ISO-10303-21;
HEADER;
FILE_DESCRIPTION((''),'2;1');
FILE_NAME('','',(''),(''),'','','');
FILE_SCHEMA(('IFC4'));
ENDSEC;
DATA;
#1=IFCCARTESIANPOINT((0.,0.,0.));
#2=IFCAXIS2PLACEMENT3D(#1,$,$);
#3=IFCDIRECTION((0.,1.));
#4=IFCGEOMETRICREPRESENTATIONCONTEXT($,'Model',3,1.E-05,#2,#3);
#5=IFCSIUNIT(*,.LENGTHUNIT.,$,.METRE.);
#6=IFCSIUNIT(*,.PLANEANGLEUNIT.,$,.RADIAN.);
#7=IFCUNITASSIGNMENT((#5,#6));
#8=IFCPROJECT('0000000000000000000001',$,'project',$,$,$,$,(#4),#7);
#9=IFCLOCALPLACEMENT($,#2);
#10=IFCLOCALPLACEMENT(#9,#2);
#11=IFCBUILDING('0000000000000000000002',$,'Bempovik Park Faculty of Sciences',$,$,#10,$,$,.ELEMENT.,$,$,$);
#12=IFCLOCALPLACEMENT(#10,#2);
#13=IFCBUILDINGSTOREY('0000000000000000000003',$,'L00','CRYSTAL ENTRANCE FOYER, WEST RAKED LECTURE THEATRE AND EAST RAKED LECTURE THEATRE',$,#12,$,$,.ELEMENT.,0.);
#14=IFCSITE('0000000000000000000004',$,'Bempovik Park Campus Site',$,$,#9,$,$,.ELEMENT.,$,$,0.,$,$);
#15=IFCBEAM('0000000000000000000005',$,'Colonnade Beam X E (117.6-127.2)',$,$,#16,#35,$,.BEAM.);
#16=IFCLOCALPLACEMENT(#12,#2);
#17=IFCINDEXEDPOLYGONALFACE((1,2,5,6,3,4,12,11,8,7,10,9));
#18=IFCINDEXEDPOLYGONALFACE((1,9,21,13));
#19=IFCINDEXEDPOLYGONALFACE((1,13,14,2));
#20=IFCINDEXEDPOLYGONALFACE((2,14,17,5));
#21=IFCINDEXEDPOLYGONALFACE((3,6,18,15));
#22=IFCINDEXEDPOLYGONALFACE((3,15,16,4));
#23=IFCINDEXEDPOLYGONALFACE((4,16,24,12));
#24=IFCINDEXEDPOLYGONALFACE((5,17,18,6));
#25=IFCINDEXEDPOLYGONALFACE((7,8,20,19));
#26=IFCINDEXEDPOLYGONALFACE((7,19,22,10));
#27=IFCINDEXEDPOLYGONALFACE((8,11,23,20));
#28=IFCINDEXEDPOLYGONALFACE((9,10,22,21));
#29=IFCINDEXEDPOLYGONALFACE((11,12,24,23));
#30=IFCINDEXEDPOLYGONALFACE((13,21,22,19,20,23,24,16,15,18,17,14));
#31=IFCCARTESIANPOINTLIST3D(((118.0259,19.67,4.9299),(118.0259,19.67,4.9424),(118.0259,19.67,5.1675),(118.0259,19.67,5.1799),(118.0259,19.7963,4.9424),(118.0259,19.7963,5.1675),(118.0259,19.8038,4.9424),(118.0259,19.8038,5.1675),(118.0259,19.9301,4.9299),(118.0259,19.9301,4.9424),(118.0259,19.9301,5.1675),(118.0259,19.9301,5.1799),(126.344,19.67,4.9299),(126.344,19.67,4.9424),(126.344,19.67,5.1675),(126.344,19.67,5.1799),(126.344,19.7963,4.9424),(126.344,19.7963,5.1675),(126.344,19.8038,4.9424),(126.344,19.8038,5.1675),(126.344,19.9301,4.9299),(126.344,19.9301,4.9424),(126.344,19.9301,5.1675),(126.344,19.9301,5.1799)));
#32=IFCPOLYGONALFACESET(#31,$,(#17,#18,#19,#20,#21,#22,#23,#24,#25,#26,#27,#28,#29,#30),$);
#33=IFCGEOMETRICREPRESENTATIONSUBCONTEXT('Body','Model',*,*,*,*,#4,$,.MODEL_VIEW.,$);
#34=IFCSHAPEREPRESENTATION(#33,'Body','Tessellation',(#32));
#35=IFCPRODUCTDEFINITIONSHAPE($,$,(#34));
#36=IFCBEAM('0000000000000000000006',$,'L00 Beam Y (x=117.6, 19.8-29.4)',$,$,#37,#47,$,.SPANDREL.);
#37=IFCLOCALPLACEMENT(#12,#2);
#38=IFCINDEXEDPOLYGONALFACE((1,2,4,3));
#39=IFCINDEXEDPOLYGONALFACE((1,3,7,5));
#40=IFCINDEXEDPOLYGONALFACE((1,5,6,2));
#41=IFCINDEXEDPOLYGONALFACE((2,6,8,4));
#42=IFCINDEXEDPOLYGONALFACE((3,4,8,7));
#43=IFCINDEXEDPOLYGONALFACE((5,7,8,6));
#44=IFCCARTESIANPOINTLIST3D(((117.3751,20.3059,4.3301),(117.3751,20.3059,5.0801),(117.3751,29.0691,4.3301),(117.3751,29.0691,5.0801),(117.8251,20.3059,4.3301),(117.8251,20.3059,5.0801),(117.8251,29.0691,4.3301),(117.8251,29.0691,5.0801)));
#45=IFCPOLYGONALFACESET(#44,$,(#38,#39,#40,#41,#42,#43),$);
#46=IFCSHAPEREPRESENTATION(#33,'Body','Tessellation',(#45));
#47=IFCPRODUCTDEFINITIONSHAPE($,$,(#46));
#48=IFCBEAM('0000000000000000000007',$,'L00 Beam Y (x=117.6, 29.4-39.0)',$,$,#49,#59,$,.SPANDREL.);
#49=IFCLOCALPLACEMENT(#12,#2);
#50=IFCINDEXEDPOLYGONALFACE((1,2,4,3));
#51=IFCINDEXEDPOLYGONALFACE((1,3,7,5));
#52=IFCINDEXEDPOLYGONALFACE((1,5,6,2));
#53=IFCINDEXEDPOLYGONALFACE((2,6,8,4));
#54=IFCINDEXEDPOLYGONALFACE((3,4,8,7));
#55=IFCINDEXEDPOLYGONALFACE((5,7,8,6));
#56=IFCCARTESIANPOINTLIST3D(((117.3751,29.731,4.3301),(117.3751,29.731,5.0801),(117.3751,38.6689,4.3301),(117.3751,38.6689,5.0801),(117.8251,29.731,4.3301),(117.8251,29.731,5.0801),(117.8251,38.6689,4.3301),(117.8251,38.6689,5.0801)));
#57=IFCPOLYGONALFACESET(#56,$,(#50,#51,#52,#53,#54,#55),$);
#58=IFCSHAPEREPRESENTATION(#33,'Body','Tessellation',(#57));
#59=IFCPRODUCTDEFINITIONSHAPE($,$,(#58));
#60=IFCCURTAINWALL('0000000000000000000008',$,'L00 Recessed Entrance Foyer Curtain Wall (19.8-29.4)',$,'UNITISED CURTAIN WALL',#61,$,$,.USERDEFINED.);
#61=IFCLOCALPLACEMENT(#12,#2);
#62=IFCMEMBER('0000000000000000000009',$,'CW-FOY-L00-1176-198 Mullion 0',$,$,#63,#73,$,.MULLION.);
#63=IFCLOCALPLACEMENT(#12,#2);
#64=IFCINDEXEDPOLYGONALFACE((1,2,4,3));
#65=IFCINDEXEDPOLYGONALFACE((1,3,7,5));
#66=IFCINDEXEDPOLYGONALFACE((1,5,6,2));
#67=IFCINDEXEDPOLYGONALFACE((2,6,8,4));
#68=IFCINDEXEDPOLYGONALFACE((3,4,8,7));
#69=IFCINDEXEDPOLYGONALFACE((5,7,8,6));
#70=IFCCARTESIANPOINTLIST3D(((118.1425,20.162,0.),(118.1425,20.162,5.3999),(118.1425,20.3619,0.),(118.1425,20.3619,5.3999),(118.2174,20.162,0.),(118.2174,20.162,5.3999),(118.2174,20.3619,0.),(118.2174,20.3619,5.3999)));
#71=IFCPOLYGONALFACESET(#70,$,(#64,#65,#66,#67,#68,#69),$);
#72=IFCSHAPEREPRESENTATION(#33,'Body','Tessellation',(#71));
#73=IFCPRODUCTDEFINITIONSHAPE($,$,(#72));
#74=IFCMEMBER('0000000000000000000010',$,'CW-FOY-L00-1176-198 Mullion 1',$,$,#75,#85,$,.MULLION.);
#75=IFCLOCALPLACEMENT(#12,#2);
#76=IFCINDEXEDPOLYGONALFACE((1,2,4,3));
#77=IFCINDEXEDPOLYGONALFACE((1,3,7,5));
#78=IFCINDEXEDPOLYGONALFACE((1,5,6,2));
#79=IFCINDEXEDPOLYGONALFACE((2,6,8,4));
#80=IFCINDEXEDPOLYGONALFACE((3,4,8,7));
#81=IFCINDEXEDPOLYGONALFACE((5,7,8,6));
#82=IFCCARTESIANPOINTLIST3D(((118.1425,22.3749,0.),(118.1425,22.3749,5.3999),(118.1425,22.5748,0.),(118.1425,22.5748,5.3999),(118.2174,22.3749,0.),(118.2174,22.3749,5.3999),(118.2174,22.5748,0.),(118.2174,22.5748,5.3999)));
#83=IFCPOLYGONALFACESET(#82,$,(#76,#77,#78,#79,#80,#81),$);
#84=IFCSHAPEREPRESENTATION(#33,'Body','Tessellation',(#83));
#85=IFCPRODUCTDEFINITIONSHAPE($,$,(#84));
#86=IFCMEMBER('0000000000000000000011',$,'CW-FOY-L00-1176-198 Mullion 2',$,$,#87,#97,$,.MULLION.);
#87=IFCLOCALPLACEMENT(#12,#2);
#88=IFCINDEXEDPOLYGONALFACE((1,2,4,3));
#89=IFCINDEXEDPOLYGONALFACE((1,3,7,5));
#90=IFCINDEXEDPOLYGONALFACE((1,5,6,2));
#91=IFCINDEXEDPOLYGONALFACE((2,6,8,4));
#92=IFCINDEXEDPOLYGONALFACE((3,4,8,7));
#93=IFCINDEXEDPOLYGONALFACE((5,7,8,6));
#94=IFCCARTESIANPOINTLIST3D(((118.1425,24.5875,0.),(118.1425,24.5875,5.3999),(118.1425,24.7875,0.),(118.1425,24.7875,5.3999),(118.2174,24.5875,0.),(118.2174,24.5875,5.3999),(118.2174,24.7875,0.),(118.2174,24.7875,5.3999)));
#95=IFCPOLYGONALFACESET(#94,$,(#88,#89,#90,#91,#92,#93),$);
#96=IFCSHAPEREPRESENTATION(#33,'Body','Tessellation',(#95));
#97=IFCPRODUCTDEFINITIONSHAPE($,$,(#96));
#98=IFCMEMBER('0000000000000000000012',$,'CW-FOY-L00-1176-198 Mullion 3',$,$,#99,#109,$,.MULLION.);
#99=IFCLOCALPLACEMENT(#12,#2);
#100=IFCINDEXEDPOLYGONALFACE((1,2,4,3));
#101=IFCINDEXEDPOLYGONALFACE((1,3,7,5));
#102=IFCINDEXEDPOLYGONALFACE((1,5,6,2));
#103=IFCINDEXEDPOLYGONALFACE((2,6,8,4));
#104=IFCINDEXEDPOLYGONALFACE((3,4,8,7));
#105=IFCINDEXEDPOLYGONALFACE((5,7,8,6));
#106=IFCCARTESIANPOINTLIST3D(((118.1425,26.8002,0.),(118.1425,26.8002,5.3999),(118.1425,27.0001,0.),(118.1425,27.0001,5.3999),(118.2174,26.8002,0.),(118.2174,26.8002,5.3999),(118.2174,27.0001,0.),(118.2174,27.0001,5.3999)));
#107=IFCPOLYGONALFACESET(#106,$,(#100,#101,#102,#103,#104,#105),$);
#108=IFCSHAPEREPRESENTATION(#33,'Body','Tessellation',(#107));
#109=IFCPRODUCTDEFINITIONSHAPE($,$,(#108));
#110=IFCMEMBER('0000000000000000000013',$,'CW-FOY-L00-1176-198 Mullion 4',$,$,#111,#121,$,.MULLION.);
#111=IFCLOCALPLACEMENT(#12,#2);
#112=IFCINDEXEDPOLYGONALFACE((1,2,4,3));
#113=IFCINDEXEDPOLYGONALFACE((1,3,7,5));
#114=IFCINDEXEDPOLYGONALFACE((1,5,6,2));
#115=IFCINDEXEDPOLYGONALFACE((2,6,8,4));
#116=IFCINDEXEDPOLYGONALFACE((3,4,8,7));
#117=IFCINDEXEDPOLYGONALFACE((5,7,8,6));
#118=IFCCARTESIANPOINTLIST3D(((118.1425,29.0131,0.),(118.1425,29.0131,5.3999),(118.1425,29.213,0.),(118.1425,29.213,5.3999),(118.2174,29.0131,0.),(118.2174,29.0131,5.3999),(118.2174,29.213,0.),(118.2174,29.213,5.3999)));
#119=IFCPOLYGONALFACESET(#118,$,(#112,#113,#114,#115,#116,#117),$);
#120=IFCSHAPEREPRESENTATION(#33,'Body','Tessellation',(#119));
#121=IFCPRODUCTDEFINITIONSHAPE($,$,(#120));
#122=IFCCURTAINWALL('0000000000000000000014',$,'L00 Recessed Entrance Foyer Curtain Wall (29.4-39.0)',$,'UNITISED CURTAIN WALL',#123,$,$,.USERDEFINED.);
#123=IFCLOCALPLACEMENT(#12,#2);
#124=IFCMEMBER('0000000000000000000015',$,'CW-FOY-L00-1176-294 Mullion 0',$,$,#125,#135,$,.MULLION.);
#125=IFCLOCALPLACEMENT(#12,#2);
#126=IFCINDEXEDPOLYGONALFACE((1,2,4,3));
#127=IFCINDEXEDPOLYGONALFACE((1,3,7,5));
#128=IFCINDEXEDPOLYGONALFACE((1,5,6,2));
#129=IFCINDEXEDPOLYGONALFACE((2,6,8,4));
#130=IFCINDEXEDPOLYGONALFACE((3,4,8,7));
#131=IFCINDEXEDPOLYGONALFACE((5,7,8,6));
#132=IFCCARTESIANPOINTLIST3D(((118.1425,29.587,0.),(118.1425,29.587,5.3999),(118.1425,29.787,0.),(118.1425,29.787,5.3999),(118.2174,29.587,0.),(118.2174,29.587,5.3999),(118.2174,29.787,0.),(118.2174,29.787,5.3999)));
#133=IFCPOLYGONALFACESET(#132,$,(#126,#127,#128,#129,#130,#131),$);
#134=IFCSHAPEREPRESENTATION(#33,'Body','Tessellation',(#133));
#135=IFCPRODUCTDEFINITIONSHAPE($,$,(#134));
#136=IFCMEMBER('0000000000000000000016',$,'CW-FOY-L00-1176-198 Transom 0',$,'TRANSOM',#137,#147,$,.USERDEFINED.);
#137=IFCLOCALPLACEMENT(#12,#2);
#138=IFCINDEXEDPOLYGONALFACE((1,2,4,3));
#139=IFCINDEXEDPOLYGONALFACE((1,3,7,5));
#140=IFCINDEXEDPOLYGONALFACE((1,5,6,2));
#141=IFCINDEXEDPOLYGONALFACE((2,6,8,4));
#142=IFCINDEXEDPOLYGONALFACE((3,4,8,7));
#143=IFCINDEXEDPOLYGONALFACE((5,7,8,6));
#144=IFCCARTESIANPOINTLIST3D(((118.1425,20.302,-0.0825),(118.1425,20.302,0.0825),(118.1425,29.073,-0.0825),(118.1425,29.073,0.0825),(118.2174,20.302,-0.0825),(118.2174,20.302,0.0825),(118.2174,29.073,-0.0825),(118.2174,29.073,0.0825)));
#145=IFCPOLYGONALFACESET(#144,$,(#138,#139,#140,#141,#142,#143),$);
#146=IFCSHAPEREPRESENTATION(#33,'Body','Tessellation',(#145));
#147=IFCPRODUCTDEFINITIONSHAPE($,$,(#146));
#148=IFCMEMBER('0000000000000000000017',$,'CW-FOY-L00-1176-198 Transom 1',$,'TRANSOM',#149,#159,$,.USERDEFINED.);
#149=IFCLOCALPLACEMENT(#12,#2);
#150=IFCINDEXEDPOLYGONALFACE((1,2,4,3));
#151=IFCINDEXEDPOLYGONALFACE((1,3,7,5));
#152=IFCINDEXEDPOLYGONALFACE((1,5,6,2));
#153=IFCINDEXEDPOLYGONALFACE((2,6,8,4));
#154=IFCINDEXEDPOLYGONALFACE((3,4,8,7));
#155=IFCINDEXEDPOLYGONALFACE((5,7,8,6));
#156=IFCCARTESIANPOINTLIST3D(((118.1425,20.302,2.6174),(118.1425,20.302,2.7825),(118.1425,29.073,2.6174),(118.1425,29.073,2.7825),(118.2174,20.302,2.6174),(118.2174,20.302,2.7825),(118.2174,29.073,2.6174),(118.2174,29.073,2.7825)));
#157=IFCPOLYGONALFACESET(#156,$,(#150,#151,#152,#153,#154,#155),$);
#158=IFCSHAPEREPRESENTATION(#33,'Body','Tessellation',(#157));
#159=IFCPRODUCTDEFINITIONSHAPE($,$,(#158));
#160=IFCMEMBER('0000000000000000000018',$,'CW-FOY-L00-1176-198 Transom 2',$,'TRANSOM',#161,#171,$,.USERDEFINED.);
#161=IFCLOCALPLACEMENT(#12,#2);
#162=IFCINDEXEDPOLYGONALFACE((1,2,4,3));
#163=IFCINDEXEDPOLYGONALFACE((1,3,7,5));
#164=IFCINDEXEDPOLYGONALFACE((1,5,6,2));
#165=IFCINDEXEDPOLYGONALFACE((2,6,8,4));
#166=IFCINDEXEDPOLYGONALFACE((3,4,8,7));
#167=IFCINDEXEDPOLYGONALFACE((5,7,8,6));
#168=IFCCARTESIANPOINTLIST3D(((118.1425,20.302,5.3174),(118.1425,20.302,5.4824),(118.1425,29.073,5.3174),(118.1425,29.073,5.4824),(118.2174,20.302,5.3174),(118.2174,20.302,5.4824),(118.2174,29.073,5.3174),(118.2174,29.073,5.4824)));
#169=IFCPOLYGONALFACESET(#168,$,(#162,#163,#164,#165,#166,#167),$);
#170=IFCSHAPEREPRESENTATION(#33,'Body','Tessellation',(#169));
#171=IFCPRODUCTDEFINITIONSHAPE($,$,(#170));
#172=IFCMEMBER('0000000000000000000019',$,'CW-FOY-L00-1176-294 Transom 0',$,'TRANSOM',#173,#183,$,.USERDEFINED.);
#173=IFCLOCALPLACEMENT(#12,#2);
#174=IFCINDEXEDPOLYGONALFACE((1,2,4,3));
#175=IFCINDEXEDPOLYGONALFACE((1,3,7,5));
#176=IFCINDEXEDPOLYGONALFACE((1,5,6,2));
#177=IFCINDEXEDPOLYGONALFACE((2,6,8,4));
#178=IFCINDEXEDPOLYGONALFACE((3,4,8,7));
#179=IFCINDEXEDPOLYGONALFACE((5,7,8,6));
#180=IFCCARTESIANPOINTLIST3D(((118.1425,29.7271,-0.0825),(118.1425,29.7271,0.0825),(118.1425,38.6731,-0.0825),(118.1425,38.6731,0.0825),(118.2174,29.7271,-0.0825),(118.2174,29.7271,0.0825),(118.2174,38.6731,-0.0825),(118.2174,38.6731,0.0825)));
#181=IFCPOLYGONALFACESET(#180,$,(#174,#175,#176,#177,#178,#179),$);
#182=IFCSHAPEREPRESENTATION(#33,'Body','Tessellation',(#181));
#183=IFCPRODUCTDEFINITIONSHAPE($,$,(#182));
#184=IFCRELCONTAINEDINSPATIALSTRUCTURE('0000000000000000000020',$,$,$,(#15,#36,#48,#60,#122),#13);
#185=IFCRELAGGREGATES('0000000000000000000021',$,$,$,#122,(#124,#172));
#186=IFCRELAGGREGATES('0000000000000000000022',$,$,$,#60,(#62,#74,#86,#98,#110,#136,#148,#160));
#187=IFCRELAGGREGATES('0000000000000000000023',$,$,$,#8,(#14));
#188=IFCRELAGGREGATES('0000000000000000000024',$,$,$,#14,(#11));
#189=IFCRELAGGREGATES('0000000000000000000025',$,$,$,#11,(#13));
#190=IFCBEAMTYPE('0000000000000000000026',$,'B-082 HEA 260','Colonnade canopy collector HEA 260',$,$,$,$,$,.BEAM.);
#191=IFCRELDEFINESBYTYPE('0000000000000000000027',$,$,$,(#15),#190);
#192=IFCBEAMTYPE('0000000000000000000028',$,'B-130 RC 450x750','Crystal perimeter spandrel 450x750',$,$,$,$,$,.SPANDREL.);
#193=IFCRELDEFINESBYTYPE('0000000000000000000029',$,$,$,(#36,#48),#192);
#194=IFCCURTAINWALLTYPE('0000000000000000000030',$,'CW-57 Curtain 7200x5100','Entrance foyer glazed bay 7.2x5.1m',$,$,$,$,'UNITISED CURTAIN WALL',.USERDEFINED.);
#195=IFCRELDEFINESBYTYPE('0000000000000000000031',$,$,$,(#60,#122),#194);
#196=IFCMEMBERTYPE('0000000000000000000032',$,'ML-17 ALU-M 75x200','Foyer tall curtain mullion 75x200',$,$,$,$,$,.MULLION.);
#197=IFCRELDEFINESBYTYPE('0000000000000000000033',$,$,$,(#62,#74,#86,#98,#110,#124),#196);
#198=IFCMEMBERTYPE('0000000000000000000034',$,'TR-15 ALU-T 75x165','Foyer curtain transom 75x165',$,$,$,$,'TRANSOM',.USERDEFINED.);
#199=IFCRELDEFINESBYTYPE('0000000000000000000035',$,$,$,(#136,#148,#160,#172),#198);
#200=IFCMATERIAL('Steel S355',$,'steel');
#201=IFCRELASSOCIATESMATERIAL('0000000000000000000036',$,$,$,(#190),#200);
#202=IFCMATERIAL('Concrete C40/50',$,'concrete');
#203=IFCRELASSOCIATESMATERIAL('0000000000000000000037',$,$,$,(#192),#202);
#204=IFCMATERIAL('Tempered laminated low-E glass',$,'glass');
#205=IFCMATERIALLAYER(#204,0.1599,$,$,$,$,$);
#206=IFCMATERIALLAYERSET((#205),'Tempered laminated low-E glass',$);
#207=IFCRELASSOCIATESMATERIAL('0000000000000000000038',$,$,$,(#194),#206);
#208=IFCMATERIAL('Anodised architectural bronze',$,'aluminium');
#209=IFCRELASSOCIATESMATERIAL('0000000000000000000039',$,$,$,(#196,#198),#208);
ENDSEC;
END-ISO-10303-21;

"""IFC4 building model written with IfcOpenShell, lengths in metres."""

from ifc_helpers import new_model, si_unit, direction, frame, origin, origin_2d, place, context, subcontext, project, spatial, rectangle, i_section, extrude, material, layer, layer_set, material_profile, profile_set, type_object, element, aggregate, save


model = new_model("IFC4")

# Units and contexts
model_context = context("Model", 3, precision=1e-05, world=origin(), true_north=direction((0.0, 1.0)))
body_context = subcontext(model_context, "Body", "Model", "MODEL_VIEW")
ifc_project = project(units=[si_unit("LENGTHUNIT", "METRE"), si_unit("PLANEANGLEUNIT", "RADIAN")], contexts=[model_context])

# Site, building, storey
site_placement = place(None, origin())
site = spatial("IfcSite", under=ifc_project, at=site_placement, Name="Bempovik Park Campus Site", CompositionType="ELEMENT", RefElevation=0.0)
building_placement = place(site_placement, origin())
building = spatial("IfcBuilding", under=site, at=building_placement, Name="Bempovik Park Faculty of Sciences", CompositionType="ELEMENT")
storey_placement = place(building_placement, origin())
storey = spatial("IfcBuildingStorey", under=building, at=storey_placement, Name="L00", Description="CRYSTAL ENTRANCE FOYER, WEST RAKED LECTURE THEATRE AND EAST RAKED LECTURE THEATRE", CompositionType="ELEMENT", Elevation=0.0)

# Shared definitions
ifc_material_1 = material(Name="Concrete C40/50", Category="concrete")

# Beams
ifc_material_2 = material(Name="Steel S355", Category="steel")
ifc_material_profile_1 = material_profile(ifc_material_2, i_section(OverallWidth=0.26, OverallDepth=0.25, WebThickness=0.0076, FlangeThickness=0.0125, at=origin_2d()), Name="HEA 260")
ifc_profile_set_1 = profile_set([ifc_material_profile_1], Name="Steel S355")
beam_type_1 = type_object("IfcBeamType", Name="B-082 HEA 260", Description="Colonnade canopy collector HEA 260", PredefinedType="BEAM", material=ifc_profile_set_1)
beam_1_placement = place(storey_placement, frame((118.0259, 19.8, 5.0549), z_axis=(1.0, 0.0, 0.0), x_axis=(0.0, 1.0, 0.0)))
element("IfcBeam", 1, at=beam_1_placement, inside=storey, type_object=beam_type_1, Name="Colonnade Beam X E (117.6-127.2)", PredefinedType="BEAM", context=body_context, shape_type="SweptSolid", body=[
    extrude(i_section(OverallWidth=0.26, OverallDepth=0.25, WebThickness=0.0076, FlangeThickness=0.0125, at=origin_2d()), origin(), (0.0, 0.0, 1.0), 8.3181),
])
ifc_material_profile_2 = material_profile(ifc_material_1, rectangle(XDim=0.45, YDim=0.75, at=origin_2d()), Name="RC 450x750")
ifc_profile_set_2 = profile_set([ifc_material_profile_2], Name="Concrete C40/50")
beam_type_2 = type_object("IfcBeamType", Name="B-130 RC 450x750", Description="Crystal perimeter spandrel 450x750", PredefinedType="SPANDREL", material=ifc_profile_set_2)
beam_2_placement = place(storey_placement, frame((117.6001, 20.3059, 4.7051), z_axis=(0.0, 1.0, 0.0), x_axis=(-1.0, 0.0, 0.0)))
element("IfcBeam", 2, at=beam_2_placement, inside=storey, type_object=beam_type_2, Name="L00 Beam Y (x=117.6, 19.8-29.4)", PredefinedType="SPANDREL", context=body_context, shape_type="SweptSolid", body=[
    extrude(rectangle(XDim=0.45, YDim=0.75, at=origin_2d()), origin(), (0.0, 0.0, 1.0), 8.7632),
])
beam_3_placement = place(storey_placement, frame((117.6001, 29.731, 4.7051), z_axis=(0.0, 1.0, 0.0), x_axis=(-1.0, 0.0, 0.0)))
element("IfcBeam", 3, at=beam_3_placement, inside=storey, type_object=beam_type_2, Name="L00 Beam Y (x=117.6, 29.4-39.0)", PredefinedType="SPANDREL", context=body_context, shape_type="SweptSolid", body=[
    extrude(rectangle(XDim=0.45, YDim=0.75, at=origin_2d()), origin(), (0.0, 0.0, 1.0), 8.938),
])

# Curtain wall, members
ifc_material_3 = material(Name="Tempered laminated low-E glass", Category="glass")
ifc_layer_1 = layer(ifc_material_3, 0.1599)
ifc_layer_set_1 = layer_set([ifc_layer_1], Name="Tempered laminated low-E glass")
curtain_wall_type = type_object("IfcCurtainWallType", Name="CW-57 Curtain 7200x5100", Description="Entrance foyer glazed bay 7.2x5.1m", ElementType="UNITISED CURTAIN WALL", PredefinedType="USERDEFINED", material=ifc_layer_set_1)
curtain_wall_1_placement = place(storey_placement, origin())
curtain_wall_1 = element("IfcCurtainWall", 4, at=curtain_wall_1_placement, inside=storey, type_object=curtain_wall_type, Name="L00 Recessed Entrance Foyer Curtain Wall (19.8-29.4)", ObjectType="UNITISED CURTAIN WALL", PredefinedType="USERDEFINED")
ifc_material_4 = material(Name="Anodised architectural bronze", Category="aluminium")
ifc_material_profile_3 = material_profile(ifc_material_4, rectangle(XDim=0.075, YDim=0.2, at=origin_2d()), Name="ALU-M 75x200")
ifc_profile_set_3 = profile_set([ifc_material_profile_3], Name="Anodised architectural bronze")
member_type_1 = type_object("IfcMemberType", Name="ML-17 ALU-M 75x200", Description="Foyer tall curtain mullion 75x200", PredefinedType="MULLION", material=ifc_profile_set_3)
member_1_placement = place(storey_placement, frame((118.1799, 20.262, 0.0), z_axis=(0.0, 0.0, 1.0), x_axis=(1.0, 0.0, 0.0)))
member_1 = element("IfcMember", 5, at=member_1_placement, type_object=member_type_1, Name="CW-FOY-L00-1176-198 Mullion 0", PredefinedType="MULLION", context=body_context, shape_type="SweptSolid", body=[
    extrude(rectangle(XDim=0.075, YDim=0.2, at=origin_2d()), origin(), (0.0, 0.0, 1.0), 5.3999),
])
member_2_placement = place(storey_placement, frame((118.1799, 22.4749, 0.0), z_axis=(0.0, 0.0, 1.0), x_axis=(1.0, 0.0, 0.0)))
member_2 = element("IfcMember", 6, at=member_2_placement, type_object=member_type_1, Name="CW-FOY-L00-1176-198 Mullion 1", PredefinedType="MULLION", context=body_context, shape_type="SweptSolid", body=[
    extrude(rectangle(XDim=0.075, YDim=0.2, at=origin_2d()), origin(), (0.0, 0.0, 1.0), 5.3999),
])
member_3_placement = place(storey_placement, frame((118.1799, 24.6875, 0.0), z_axis=(0.0, 0.0, 1.0), x_axis=(1.0, 0.0, 0.0)))
member_3 = element("IfcMember", 7, at=member_3_placement, type_object=member_type_1, Name="CW-FOY-L00-1176-198 Mullion 2", PredefinedType="MULLION", context=body_context, shape_type="SweptSolid", body=[
    extrude(rectangle(XDim=0.075, YDim=0.2, at=origin_2d()), origin(), (0.0, 0.0, 1.0), 5.3999),
])
member_4_placement = place(storey_placement, frame((118.1799, 26.9001, 0.0), z_axis=(0.0, 0.0, 1.0), x_axis=(1.0, 0.0, 0.0)))
member_4 = element("IfcMember", 8, at=member_4_placement, type_object=member_type_1, Name="CW-FOY-L00-1176-198 Mullion 3", PredefinedType="MULLION", context=body_context, shape_type="SweptSolid", body=[
    extrude(rectangle(XDim=0.075, YDim=0.2, at=origin_2d()), origin(), (0.0, 0.0, 1.0), 5.3999),
])
member_5_placement = place(storey_placement, frame((118.1799, 29.113, 0.0), z_axis=(0.0, 0.0, 1.0), x_axis=(1.0, 0.0, 0.0)))
member_5 = element("IfcMember", 9, at=member_5_placement, type_object=member_type_1, Name="CW-FOY-L00-1176-198 Mullion 4", PredefinedType="MULLION", context=body_context, shape_type="SweptSolid", body=[
    extrude(rectangle(XDim=0.075, YDim=0.2, at=origin_2d()), origin(), (0.0, 0.0, 1.0), 5.3999),
])

# Curtain wall, member
curtain_wall_2_placement = place(storey_placement, origin())
curtain_wall_2 = element("IfcCurtainWall", 10, at=curtain_wall_2_placement, inside=storey, type_object=curtain_wall_type, Name="L00 Recessed Entrance Foyer Curtain Wall (29.4-39.0)", ObjectType="UNITISED CURTAIN WALL", PredefinedType="USERDEFINED")
member_6_placement = place(storey_placement, frame((118.1799, 29.687, 0.0), z_axis=(0.0, 0.0, 1.0), x_axis=(1.0, 0.0, 0.0)))
member_6 = element("IfcMember", 11, at=member_6_placement, type_object=member_type_1, Name="CW-FOY-L00-1176-294 Mullion 0", PredefinedType="MULLION", context=body_context, shape_type="SweptSolid", body=[
    extrude(rectangle(XDim=0.075, YDim=0.2, at=origin_2d()), origin(), (0.0, 0.0, 1.0), 5.3999),
])

# Members
ifc_material_profile_4 = material_profile(ifc_material_4, rectangle(XDim=0.075, YDim=0.165, at=origin_2d()), Name="ALU-T 75x165")
ifc_profile_set_4 = profile_set([ifc_material_profile_4], Name="Anodised architectural bronze")
member_type_2 = type_object("IfcMemberType", Name="TR-15 ALU-T 75x165", Description="Foyer curtain transom 75x165", ElementType="TRANSOM", PredefinedType="USERDEFINED", material=ifc_profile_set_4)
member_7_placement = place(storey_placement, frame((118.1799, 20.302, 0.0), z_axis=(0.0, 1.0, 0.0), x_axis=(-1.0, 0.0, 0.0)))
member_7 = element("IfcMember", 12, at=member_7_placement, type_object=member_type_2, Name="CW-FOY-L00-1176-198 Transom 0", ObjectType="TRANSOM", PredefinedType="USERDEFINED", context=body_context, shape_type="SweptSolid", body=[
    extrude(rectangle(XDim=0.075, YDim=0.165, at=origin_2d()), origin(), (0.0, 0.0, 1.0), 8.771),
])
member_8_placement = place(storey_placement, frame((118.1799, 20.302, 2.7), z_axis=(0.0, 1.0, 0.0), x_axis=(-1.0, 0.0, 0.0)))
member_8 = element("IfcMember", 13, at=member_8_placement, type_object=member_type_2, Name="CW-FOY-L00-1176-198 Transom 1", ObjectType="TRANSOM", PredefinedType="USERDEFINED", context=body_context, shape_type="SweptSolid", body=[
    extrude(rectangle(XDim=0.075, YDim=0.165, at=origin_2d()), origin(), (0.0, 0.0, 1.0), 8.771),
])
member_9_placement = place(storey_placement, frame((118.1799, 20.302, 5.3999), z_axis=(0.0, 1.0, 0.0), x_axis=(-1.0, 0.0, 0.0)))
member_9 = element("IfcMember", 14, at=member_9_placement, type_object=member_type_2, Name="CW-FOY-L00-1176-198 Transom 2", ObjectType="TRANSOM", PredefinedType="USERDEFINED", context=body_context, shape_type="SweptSolid", body=[
    extrude(rectangle(XDim=0.075, YDim=0.165, at=origin_2d()), origin(), (0.0, 0.0, 1.0), 8.771),
])
member_10_placement = place(storey_placement, frame((118.1799, 29.7271, 0.0), z_axis=(0.0, 1.0, 0.0), x_axis=(-1.0, 0.0, 0.0)))
member_10 = element("IfcMember", 15, at=member_10_placement, type_object=member_type_2, Name="CW-FOY-L00-1176-294 Transom 0", ObjectType="TRANSOM", PredefinedType="USERDEFINED", context=body_context, shape_type="SweptSolid", body=[
    extrude(rectangle(XDim=0.075, YDim=0.165, at=origin_2d()), origin(), (0.0, 0.0, 1.0), 8.946),
])
aggregate(curtain_wall_2, [member_6, member_10])

aggregate(curtain_wall_1, [member_1, member_2, member_3, member_4, member_5, member_7, member_8, member_9])

save(model, "model.ifc")
